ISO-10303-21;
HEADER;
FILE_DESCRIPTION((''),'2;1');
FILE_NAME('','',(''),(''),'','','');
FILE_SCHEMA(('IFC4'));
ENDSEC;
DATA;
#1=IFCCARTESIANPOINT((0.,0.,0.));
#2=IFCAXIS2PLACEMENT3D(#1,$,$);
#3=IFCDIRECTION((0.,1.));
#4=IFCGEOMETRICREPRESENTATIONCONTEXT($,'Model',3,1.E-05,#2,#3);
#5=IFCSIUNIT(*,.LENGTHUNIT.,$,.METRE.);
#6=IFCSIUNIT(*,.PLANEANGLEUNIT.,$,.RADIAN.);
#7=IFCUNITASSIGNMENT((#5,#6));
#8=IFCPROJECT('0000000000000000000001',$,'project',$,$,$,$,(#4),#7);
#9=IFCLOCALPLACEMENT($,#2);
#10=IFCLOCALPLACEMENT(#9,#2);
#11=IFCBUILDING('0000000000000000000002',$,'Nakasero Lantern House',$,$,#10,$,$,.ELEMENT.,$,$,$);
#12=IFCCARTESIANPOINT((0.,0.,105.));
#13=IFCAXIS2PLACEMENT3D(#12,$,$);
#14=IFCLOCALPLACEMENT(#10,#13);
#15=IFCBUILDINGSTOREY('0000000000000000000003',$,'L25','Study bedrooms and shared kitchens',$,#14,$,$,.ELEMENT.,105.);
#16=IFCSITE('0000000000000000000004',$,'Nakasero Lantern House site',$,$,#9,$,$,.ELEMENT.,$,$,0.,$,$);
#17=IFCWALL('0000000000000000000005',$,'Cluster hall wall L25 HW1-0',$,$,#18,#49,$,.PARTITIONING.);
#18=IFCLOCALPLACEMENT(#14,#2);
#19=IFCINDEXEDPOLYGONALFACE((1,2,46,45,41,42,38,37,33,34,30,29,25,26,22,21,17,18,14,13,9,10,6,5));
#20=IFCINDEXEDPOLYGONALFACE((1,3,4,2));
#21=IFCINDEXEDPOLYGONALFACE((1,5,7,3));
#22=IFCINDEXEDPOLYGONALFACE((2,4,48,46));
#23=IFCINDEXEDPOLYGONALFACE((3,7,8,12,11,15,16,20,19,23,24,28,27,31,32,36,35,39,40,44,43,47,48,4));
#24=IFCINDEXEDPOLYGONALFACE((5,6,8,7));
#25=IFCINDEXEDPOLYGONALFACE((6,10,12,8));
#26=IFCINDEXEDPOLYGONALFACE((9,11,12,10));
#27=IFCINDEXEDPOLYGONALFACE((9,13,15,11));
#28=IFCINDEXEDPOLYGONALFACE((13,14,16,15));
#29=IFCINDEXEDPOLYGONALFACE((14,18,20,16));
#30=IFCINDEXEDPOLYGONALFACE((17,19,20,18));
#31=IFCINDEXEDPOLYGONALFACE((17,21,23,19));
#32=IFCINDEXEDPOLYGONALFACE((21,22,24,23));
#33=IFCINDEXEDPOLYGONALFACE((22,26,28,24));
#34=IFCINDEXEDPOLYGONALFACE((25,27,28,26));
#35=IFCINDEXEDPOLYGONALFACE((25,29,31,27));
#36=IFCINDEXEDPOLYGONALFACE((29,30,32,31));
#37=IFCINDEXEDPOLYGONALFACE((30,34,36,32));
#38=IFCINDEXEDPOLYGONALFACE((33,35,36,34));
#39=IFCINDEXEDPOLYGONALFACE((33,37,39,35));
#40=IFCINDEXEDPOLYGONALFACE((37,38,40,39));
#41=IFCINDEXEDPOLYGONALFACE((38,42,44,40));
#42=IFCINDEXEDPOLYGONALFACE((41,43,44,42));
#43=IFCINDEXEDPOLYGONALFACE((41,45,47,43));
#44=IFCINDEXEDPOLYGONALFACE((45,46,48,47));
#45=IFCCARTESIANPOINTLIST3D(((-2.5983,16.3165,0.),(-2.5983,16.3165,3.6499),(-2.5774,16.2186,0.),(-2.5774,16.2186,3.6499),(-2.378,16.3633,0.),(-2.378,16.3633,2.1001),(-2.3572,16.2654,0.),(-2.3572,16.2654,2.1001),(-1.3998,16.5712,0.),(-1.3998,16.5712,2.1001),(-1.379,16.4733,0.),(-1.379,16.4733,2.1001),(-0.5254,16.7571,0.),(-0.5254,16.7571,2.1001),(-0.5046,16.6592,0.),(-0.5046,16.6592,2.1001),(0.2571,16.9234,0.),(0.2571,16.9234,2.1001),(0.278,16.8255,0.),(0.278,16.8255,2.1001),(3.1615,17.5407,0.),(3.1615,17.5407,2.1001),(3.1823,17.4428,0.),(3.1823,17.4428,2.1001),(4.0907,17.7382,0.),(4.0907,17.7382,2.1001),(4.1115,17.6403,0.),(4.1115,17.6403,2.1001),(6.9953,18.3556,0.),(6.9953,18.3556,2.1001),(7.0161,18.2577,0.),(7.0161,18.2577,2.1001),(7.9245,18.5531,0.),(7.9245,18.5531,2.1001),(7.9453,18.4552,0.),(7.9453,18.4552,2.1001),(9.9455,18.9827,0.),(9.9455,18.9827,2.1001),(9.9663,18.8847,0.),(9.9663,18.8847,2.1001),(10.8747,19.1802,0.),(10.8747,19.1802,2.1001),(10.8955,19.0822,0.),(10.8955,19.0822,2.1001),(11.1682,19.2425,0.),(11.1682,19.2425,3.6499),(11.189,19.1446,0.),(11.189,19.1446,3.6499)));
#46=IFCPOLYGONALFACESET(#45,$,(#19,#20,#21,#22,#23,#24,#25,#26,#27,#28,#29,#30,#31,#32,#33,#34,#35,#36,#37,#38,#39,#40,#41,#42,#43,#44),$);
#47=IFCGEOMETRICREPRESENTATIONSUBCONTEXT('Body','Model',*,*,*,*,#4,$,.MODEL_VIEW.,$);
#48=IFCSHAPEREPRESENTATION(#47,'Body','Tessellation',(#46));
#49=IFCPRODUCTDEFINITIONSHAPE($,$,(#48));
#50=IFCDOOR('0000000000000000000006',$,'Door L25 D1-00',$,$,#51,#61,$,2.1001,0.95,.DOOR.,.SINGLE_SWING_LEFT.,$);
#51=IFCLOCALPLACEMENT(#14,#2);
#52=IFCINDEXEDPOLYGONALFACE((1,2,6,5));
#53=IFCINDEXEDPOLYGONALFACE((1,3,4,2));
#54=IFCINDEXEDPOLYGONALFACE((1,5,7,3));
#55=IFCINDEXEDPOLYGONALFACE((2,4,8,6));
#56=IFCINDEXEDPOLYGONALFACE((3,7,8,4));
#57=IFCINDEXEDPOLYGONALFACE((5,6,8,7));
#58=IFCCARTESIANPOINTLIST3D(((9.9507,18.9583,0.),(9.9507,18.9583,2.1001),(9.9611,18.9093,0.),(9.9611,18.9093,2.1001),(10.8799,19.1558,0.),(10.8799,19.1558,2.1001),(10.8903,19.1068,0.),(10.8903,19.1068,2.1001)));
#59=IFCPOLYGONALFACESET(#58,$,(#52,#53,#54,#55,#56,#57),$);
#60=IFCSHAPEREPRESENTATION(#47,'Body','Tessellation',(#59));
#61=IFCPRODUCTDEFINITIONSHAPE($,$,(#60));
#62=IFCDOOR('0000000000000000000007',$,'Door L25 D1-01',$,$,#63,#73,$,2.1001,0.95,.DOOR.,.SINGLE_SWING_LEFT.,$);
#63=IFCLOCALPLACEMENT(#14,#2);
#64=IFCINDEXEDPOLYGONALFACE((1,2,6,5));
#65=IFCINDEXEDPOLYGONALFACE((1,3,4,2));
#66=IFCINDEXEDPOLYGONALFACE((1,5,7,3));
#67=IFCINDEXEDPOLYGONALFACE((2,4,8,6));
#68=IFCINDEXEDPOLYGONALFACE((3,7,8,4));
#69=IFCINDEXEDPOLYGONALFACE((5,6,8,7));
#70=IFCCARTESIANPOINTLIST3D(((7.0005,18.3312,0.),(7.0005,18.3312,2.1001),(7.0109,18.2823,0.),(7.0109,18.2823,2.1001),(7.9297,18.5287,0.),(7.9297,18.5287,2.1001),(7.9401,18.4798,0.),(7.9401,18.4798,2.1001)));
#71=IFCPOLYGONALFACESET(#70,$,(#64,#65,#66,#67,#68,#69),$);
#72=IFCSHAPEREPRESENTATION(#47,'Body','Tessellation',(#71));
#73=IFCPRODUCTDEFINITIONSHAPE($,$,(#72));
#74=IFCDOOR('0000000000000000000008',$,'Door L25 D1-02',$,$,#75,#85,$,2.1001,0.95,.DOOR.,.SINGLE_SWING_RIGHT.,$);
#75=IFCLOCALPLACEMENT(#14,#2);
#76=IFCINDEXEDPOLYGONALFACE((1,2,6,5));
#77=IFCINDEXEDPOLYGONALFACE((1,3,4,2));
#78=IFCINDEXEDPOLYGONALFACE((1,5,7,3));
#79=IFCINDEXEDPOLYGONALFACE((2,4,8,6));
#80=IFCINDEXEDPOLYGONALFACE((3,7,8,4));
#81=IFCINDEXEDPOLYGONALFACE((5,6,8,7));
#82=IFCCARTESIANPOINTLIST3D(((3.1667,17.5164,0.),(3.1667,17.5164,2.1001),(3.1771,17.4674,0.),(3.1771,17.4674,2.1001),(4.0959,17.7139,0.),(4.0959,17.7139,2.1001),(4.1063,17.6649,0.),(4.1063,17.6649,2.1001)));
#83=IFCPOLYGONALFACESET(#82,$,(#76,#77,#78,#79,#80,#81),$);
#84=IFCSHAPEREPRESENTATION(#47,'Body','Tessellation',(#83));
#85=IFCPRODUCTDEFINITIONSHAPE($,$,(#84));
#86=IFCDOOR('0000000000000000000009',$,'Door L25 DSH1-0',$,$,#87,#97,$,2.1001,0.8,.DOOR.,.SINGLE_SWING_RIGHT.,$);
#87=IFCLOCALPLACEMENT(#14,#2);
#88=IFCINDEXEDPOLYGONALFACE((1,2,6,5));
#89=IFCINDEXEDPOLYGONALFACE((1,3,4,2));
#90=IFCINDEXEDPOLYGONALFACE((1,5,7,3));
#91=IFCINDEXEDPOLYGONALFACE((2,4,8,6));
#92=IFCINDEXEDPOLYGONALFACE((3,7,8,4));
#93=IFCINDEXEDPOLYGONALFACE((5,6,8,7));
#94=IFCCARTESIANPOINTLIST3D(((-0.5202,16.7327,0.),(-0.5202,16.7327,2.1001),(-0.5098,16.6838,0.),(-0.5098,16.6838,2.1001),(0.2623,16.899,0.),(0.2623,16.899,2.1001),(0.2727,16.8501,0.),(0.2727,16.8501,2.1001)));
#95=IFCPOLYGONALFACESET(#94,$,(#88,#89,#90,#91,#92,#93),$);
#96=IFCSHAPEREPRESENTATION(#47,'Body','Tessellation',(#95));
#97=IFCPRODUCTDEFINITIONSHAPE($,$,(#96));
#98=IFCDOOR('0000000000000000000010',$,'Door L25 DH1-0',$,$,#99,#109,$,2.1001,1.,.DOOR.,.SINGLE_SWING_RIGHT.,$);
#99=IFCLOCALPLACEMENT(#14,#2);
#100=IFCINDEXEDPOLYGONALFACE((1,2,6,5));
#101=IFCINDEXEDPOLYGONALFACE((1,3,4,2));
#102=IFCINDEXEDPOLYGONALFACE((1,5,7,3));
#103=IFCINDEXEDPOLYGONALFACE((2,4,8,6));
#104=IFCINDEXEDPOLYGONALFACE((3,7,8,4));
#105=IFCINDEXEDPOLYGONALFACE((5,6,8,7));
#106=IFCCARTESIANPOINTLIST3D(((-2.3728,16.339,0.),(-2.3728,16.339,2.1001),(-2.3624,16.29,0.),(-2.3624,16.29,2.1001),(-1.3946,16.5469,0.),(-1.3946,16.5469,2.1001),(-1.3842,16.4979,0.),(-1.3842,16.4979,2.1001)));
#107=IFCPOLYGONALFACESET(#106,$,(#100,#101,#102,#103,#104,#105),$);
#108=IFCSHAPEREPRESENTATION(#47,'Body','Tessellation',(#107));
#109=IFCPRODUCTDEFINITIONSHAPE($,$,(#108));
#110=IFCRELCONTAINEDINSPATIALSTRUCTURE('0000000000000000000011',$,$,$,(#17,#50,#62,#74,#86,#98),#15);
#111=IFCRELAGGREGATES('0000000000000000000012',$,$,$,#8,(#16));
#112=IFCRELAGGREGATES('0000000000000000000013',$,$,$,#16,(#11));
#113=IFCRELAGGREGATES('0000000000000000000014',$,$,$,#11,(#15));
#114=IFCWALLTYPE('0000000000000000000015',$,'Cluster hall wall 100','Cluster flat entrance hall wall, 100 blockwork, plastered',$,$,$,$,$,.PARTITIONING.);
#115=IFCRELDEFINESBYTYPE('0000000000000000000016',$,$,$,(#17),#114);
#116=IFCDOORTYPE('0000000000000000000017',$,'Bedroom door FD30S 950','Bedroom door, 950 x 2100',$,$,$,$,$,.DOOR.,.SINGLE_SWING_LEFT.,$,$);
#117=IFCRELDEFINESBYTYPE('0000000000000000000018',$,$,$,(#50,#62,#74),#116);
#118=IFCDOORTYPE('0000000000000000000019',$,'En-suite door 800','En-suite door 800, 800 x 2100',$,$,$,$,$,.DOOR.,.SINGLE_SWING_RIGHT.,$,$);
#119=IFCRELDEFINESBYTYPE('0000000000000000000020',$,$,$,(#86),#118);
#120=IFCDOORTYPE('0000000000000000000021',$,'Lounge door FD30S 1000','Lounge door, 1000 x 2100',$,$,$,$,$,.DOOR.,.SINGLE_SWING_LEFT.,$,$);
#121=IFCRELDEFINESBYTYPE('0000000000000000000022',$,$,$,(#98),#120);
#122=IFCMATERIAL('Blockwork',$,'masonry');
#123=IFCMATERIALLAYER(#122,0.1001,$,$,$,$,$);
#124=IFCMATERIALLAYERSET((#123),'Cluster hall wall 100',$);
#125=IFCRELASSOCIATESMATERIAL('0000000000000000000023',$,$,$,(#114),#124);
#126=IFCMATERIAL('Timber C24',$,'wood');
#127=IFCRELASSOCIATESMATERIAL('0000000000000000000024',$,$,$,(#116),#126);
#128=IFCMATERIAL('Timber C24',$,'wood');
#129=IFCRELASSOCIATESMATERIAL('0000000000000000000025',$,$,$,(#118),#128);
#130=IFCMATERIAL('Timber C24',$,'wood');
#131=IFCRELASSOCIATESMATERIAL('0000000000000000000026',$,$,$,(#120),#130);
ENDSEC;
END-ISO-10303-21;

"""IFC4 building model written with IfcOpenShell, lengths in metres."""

from ifc_helpers import new_model, si_unit, direction, frame, frame_2d, origin, place, context, subcontext, project, spatial, rectangle, extrude, material, layer, layer_set, type_object, element, fill, save


model = new_model("IFC4")

# Units and contexts
model_context = context("Model", 3, precision=1e-05, world=origin(), true_north=direction((0.0, 1.0)))
body_context = subcontext(model_context, "Body", "Model", "MODEL_VIEW")
ifc_project = project(units=[si_unit("LENGTHUNIT", "METRE"), si_unit("PLANEANGLEUNIT", "RADIAN")], contexts=[model_context])

# Site, building, storey
site_placement = place(None, origin())
site = spatial("IfcSite", under=ifc_project, at=site_placement, Name="Nakasero Lantern House site", CompositionType="ELEMENT", RefElevation=0.0)
building_placement = place(site_placement, origin())
building = spatial("IfcBuilding", under=site, at=building_placement, Name="Nakasero Lantern House", CompositionType="ELEMENT")
storey_placement = place(building_placement, frame((0.0, 0.0, 105.0)))
storey = spatial("IfcBuildingStorey", under=building, at=storey_placement, Name="L25", Description="Study bedrooms and shared kitchens", CompositionType="ELEMENT", Elevation=105.0)

# Wall, openings, doors
ifc_material_1 = material(Name="Blockwork", Category="masonry")
ifc_layer_1 = layer(ifc_material_1, 0.1001)
ifc_layer_set_1 = layer_set([ifc_layer_1], Name="Cluster hall wall 100")
wall_type_1 = type_object("IfcWallType", Name="Cluster hall wall 100", Description="Cluster flat entrance hall wall, 100 blockwork, plastered", PredefinedType="PARTITIONING", material=ifc_layer_set_1)
wall_1_placement = place(storey_placement, frame((11.1787, 19.1936, 0.0), z_axis=(0.0, 0.0, 1.0), x_axis=(-0.978149, -0.207905, 0.0)))
wall_1 = element("IfcWall", 1, at=wall_1_placement, inside=storey, type_object=wall_type_1, Name="Cluster hall wall L25 HW1-0", PredefinedType="PARTITIONING", context=body_context, shape_type="SweptSolid", body=[
    extrude(rectangle(XDim=14.074, YDim=0.1001, at=frame_2d((7.0371, 0.0))), origin(), (0.0, 0.0, 1.0), 3.6499),
])
opening_1_placement = place(wall_1_placement, frame((12.8489, 0.0, 0.0)))
opening_1 = element("IfcOpeningElement", 2, at=opening_1_placement, cuts=wall_1, PredefinedType="OPENING", context=body_context, shape_type="SweptSolid", body=[
    extrude(rectangle(XDim=1.0, YDim=2.1001, at=frame_2d((0.5, 1.05))), frame((0.0, 0.0701, 0.0), z_axis=(0.0, -1.0, 0.0), x_axis=(1.0, 0.0, 0.0)), (0.0, 0.0, 1.0), 0.1401),
])
opening_2_placement = place(wall_1_placement, frame((11.155, 0.0, 0.0)))
opening_2 = element("IfcOpeningElement", 3, at=opening_2_placement, cuts=wall_1, PredefinedType="OPENING", context=body_context, shape_type="SweptSolid", body=[
    extrude(rectangle(XDim=0.8, YDim=2.1001, at=frame_2d((0.3999, 1.05))), frame((0.0, 0.0701, 0.0), z_axis=(0.0, -1.0, 0.0), x_axis=(1.0, 0.0, 0.0)), (0.0, 0.0, 1.0), 0.1401),
])
opening_3_placement = place(wall_1_placement, frame((0.3, 0.0, 0.0)))
opening_3 = element("IfcOpeningElement", 4, at=opening_3_placement, cuts=wall_1, PredefinedType="OPENING", context=body_context, shape_type="SweptSolid", body=[
    extrude(rectangle(XDim=0.95, YDim=2.1001, at=frame_2d((0.4751, 1.05))), frame((0.0, 0.0701, 0.0), z_axis=(0.0, -1.0, 0.0), x_axis=(1.0, 0.0, 0.0)), (0.0, 0.0, 1.0), 0.1401),
])
opening_4_placement = place(wall_1_placement, frame((3.3162, 0.0, 0.0)))
opening_4 = element("IfcOpeningElement", 5, at=opening_4_placement, cuts=wall_1, PredefinedType="OPENING", context=body_context, shape_type="SweptSolid", body=[
    extrude(rectangle(XDim=0.95, YDim=2.1001, at=frame_2d((0.4751, 1.05))), frame((0.0, 0.0701, 0.0), z_axis=(0.0, -1.0, 0.0), x_axis=(1.0, 0.0, 0.0)), (0.0, 0.0, 1.0), 0.1401),
])
opening_5_placement = place(wall_1_placement, frame((7.2356, 0.0, 0.0)))
opening_5 = element("IfcOpeningElement", 6, at=opening_5_placement, cuts=wall_1, PredefinedType="OPENING", context=body_context, shape_type="SweptSolid", body=[
    extrude(rectangle(XDim=0.95, YDim=2.1001, at=frame_2d((0.4751, 1.05))), frame((0.0, 0.0701, 0.0), z_axis=(0.0, -1.0, 0.0), x_axis=(1.0, 0.0, 0.0)), (0.0, 0.0, 1.0), 0.1401),
])
ifc_material_2 = material(Name="Timber C24", Category="wood")
door_type_1 = type_object("IfcDoorType", Name="Bedroom door FD30S 950", Description="Bedroom door, 950 x 2100", OperationType="SINGLE_SWING_LEFT", PredefinedType="DOOR", material=ifc_material_2)
door_1_placement = place(opening_3_placement, origin())
door_1 = element("IfcDoor", 7, at=door_1_placement, inside=storey, type_object=door_type_1, Name="Door L25 D1-00", OperationType="SINGLE_SWING_LEFT", OverallHeight=2.1001, OverallWidth=0.95, PredefinedType="DOOR", context=body_context, shape_type="SweptSolid", body=[
    extrude(rectangle(XDim=0.95, YDim=2.1001, at=frame_2d((0.4751, 1.05))), frame((0.0, 0.0249, 0.0), z_axis=(0.0, -1.0, 0.0), x_axis=(1.0, 0.0, 0.0)), (0.0, 0.0, 1.0), 0.05),
])
fill(opening_3, door_1)
door_2_placement = place(opening_4_placement, origin())
door_2 = element("IfcDoor", 8, at=door_2_placement, inside=storey, type_object=door_type_1, Name="Door L25 D1-01", OperationType="SINGLE_SWING_LEFT", OverallHeight=2.1001, OverallWidth=0.95, PredefinedType="DOOR", context=body_context, shape_type="SweptSolid", body=[
    extrude(rectangle(XDim=0.95, YDim=2.1001, at=frame_2d((0.4751, 1.05))), frame((0.0, 0.0249, 0.0), z_axis=(0.0, -1.0, 0.0), x_axis=(1.0, 0.0, 0.0)), (0.0, 0.0, 1.0), 0.05),
])
fill(opening_4, door_2)
door_3_placement = place(opening_5_placement, origin())
door_3 = element("IfcDoor", 9, at=door_3_placement, inside=storey, type_object=door_type_1, Name="Door L25 D1-02", OperationType="SINGLE_SWING_RIGHT", OverallHeight=2.1001, OverallWidth=0.95, PredefinedType="DOOR", context=body_context, shape_type="SweptSolid", body=[
    extrude(rectangle(XDim=0.95, YDim=2.1001, at=frame_2d((0.4751, 1.05))), frame((0.0, 0.0249, 0.0), z_axis=(0.0, -1.0, 0.0), x_axis=(1.0, 0.0, 0.0)), (0.0, 0.0, 1.0), 0.05),
])
fill(opening_5, door_3)
ifc_material_3 = material(Name="Timber C24", Category="wood")
door_type_2 = type_object("IfcDoorType", Name="En-suite door 800", Description="En-suite door 800, 800 x 2100", OperationType="SINGLE_SWING_RIGHT", PredefinedType="DOOR", material=ifc_material_3)
door_4_placement = place(opening_2_placement, origin())
door_4 = element("IfcDoor", 10, at=door_4_placement, inside=storey, type_object=door_type_2, Name="Door L25 DSH1-0", OperationType="SINGLE_SWING_RIGHT", OverallHeight=2.1001, OverallWidth=0.8, PredefinedType="DOOR", context=body_context, shape_type="SweptSolid", body=[
    extrude(rectangle(XDim=0.8, YDim=2.1001, at=frame_2d((0.3999, 1.05))), frame((0.0, 0.0249, 0.0), z_axis=(0.0, -1.0, 0.0), x_axis=(1.0, 0.0, 0.0)), (0.0, 0.0, 1.0), 0.05),
])
fill(opening_2, door_4)
ifc_material_4 = material(Name="Timber C24", Category="wood")
door_type_3 = type_object("IfcDoorType", Name="Lounge door FD30S 1000", Description="Lounge door, 1000 x 2100", OperationType="SINGLE_SWING_LEFT", PredefinedType="DOOR", material=ifc_material_4)
door_5_placement = place(opening_1_placement, origin())
door_5 = element("IfcDoor", 11, at=door_5_placement, inside=storey, type_object=door_type_3, Name="Door L25 DH1-0", OperationType="SINGLE_SWING_RIGHT", OverallHeight=2.1001, OverallWidth=1.0, PredefinedType="DOOR", context=body_context, shape_type="SweptSolid", body=[
    extrude(rectangle(XDim=1.0, YDim=2.1001, at=frame_2d((0.5, 1.05))), frame((0.0, 0.0249, 0.0), z_axis=(0.0, -1.0, 0.0), x_axis=(1.0, 0.0, 0.0)), (0.0, 0.0, 1.0), 0.05),
])
fill(opening_1, door_5)

save(model, "model.ifc")
